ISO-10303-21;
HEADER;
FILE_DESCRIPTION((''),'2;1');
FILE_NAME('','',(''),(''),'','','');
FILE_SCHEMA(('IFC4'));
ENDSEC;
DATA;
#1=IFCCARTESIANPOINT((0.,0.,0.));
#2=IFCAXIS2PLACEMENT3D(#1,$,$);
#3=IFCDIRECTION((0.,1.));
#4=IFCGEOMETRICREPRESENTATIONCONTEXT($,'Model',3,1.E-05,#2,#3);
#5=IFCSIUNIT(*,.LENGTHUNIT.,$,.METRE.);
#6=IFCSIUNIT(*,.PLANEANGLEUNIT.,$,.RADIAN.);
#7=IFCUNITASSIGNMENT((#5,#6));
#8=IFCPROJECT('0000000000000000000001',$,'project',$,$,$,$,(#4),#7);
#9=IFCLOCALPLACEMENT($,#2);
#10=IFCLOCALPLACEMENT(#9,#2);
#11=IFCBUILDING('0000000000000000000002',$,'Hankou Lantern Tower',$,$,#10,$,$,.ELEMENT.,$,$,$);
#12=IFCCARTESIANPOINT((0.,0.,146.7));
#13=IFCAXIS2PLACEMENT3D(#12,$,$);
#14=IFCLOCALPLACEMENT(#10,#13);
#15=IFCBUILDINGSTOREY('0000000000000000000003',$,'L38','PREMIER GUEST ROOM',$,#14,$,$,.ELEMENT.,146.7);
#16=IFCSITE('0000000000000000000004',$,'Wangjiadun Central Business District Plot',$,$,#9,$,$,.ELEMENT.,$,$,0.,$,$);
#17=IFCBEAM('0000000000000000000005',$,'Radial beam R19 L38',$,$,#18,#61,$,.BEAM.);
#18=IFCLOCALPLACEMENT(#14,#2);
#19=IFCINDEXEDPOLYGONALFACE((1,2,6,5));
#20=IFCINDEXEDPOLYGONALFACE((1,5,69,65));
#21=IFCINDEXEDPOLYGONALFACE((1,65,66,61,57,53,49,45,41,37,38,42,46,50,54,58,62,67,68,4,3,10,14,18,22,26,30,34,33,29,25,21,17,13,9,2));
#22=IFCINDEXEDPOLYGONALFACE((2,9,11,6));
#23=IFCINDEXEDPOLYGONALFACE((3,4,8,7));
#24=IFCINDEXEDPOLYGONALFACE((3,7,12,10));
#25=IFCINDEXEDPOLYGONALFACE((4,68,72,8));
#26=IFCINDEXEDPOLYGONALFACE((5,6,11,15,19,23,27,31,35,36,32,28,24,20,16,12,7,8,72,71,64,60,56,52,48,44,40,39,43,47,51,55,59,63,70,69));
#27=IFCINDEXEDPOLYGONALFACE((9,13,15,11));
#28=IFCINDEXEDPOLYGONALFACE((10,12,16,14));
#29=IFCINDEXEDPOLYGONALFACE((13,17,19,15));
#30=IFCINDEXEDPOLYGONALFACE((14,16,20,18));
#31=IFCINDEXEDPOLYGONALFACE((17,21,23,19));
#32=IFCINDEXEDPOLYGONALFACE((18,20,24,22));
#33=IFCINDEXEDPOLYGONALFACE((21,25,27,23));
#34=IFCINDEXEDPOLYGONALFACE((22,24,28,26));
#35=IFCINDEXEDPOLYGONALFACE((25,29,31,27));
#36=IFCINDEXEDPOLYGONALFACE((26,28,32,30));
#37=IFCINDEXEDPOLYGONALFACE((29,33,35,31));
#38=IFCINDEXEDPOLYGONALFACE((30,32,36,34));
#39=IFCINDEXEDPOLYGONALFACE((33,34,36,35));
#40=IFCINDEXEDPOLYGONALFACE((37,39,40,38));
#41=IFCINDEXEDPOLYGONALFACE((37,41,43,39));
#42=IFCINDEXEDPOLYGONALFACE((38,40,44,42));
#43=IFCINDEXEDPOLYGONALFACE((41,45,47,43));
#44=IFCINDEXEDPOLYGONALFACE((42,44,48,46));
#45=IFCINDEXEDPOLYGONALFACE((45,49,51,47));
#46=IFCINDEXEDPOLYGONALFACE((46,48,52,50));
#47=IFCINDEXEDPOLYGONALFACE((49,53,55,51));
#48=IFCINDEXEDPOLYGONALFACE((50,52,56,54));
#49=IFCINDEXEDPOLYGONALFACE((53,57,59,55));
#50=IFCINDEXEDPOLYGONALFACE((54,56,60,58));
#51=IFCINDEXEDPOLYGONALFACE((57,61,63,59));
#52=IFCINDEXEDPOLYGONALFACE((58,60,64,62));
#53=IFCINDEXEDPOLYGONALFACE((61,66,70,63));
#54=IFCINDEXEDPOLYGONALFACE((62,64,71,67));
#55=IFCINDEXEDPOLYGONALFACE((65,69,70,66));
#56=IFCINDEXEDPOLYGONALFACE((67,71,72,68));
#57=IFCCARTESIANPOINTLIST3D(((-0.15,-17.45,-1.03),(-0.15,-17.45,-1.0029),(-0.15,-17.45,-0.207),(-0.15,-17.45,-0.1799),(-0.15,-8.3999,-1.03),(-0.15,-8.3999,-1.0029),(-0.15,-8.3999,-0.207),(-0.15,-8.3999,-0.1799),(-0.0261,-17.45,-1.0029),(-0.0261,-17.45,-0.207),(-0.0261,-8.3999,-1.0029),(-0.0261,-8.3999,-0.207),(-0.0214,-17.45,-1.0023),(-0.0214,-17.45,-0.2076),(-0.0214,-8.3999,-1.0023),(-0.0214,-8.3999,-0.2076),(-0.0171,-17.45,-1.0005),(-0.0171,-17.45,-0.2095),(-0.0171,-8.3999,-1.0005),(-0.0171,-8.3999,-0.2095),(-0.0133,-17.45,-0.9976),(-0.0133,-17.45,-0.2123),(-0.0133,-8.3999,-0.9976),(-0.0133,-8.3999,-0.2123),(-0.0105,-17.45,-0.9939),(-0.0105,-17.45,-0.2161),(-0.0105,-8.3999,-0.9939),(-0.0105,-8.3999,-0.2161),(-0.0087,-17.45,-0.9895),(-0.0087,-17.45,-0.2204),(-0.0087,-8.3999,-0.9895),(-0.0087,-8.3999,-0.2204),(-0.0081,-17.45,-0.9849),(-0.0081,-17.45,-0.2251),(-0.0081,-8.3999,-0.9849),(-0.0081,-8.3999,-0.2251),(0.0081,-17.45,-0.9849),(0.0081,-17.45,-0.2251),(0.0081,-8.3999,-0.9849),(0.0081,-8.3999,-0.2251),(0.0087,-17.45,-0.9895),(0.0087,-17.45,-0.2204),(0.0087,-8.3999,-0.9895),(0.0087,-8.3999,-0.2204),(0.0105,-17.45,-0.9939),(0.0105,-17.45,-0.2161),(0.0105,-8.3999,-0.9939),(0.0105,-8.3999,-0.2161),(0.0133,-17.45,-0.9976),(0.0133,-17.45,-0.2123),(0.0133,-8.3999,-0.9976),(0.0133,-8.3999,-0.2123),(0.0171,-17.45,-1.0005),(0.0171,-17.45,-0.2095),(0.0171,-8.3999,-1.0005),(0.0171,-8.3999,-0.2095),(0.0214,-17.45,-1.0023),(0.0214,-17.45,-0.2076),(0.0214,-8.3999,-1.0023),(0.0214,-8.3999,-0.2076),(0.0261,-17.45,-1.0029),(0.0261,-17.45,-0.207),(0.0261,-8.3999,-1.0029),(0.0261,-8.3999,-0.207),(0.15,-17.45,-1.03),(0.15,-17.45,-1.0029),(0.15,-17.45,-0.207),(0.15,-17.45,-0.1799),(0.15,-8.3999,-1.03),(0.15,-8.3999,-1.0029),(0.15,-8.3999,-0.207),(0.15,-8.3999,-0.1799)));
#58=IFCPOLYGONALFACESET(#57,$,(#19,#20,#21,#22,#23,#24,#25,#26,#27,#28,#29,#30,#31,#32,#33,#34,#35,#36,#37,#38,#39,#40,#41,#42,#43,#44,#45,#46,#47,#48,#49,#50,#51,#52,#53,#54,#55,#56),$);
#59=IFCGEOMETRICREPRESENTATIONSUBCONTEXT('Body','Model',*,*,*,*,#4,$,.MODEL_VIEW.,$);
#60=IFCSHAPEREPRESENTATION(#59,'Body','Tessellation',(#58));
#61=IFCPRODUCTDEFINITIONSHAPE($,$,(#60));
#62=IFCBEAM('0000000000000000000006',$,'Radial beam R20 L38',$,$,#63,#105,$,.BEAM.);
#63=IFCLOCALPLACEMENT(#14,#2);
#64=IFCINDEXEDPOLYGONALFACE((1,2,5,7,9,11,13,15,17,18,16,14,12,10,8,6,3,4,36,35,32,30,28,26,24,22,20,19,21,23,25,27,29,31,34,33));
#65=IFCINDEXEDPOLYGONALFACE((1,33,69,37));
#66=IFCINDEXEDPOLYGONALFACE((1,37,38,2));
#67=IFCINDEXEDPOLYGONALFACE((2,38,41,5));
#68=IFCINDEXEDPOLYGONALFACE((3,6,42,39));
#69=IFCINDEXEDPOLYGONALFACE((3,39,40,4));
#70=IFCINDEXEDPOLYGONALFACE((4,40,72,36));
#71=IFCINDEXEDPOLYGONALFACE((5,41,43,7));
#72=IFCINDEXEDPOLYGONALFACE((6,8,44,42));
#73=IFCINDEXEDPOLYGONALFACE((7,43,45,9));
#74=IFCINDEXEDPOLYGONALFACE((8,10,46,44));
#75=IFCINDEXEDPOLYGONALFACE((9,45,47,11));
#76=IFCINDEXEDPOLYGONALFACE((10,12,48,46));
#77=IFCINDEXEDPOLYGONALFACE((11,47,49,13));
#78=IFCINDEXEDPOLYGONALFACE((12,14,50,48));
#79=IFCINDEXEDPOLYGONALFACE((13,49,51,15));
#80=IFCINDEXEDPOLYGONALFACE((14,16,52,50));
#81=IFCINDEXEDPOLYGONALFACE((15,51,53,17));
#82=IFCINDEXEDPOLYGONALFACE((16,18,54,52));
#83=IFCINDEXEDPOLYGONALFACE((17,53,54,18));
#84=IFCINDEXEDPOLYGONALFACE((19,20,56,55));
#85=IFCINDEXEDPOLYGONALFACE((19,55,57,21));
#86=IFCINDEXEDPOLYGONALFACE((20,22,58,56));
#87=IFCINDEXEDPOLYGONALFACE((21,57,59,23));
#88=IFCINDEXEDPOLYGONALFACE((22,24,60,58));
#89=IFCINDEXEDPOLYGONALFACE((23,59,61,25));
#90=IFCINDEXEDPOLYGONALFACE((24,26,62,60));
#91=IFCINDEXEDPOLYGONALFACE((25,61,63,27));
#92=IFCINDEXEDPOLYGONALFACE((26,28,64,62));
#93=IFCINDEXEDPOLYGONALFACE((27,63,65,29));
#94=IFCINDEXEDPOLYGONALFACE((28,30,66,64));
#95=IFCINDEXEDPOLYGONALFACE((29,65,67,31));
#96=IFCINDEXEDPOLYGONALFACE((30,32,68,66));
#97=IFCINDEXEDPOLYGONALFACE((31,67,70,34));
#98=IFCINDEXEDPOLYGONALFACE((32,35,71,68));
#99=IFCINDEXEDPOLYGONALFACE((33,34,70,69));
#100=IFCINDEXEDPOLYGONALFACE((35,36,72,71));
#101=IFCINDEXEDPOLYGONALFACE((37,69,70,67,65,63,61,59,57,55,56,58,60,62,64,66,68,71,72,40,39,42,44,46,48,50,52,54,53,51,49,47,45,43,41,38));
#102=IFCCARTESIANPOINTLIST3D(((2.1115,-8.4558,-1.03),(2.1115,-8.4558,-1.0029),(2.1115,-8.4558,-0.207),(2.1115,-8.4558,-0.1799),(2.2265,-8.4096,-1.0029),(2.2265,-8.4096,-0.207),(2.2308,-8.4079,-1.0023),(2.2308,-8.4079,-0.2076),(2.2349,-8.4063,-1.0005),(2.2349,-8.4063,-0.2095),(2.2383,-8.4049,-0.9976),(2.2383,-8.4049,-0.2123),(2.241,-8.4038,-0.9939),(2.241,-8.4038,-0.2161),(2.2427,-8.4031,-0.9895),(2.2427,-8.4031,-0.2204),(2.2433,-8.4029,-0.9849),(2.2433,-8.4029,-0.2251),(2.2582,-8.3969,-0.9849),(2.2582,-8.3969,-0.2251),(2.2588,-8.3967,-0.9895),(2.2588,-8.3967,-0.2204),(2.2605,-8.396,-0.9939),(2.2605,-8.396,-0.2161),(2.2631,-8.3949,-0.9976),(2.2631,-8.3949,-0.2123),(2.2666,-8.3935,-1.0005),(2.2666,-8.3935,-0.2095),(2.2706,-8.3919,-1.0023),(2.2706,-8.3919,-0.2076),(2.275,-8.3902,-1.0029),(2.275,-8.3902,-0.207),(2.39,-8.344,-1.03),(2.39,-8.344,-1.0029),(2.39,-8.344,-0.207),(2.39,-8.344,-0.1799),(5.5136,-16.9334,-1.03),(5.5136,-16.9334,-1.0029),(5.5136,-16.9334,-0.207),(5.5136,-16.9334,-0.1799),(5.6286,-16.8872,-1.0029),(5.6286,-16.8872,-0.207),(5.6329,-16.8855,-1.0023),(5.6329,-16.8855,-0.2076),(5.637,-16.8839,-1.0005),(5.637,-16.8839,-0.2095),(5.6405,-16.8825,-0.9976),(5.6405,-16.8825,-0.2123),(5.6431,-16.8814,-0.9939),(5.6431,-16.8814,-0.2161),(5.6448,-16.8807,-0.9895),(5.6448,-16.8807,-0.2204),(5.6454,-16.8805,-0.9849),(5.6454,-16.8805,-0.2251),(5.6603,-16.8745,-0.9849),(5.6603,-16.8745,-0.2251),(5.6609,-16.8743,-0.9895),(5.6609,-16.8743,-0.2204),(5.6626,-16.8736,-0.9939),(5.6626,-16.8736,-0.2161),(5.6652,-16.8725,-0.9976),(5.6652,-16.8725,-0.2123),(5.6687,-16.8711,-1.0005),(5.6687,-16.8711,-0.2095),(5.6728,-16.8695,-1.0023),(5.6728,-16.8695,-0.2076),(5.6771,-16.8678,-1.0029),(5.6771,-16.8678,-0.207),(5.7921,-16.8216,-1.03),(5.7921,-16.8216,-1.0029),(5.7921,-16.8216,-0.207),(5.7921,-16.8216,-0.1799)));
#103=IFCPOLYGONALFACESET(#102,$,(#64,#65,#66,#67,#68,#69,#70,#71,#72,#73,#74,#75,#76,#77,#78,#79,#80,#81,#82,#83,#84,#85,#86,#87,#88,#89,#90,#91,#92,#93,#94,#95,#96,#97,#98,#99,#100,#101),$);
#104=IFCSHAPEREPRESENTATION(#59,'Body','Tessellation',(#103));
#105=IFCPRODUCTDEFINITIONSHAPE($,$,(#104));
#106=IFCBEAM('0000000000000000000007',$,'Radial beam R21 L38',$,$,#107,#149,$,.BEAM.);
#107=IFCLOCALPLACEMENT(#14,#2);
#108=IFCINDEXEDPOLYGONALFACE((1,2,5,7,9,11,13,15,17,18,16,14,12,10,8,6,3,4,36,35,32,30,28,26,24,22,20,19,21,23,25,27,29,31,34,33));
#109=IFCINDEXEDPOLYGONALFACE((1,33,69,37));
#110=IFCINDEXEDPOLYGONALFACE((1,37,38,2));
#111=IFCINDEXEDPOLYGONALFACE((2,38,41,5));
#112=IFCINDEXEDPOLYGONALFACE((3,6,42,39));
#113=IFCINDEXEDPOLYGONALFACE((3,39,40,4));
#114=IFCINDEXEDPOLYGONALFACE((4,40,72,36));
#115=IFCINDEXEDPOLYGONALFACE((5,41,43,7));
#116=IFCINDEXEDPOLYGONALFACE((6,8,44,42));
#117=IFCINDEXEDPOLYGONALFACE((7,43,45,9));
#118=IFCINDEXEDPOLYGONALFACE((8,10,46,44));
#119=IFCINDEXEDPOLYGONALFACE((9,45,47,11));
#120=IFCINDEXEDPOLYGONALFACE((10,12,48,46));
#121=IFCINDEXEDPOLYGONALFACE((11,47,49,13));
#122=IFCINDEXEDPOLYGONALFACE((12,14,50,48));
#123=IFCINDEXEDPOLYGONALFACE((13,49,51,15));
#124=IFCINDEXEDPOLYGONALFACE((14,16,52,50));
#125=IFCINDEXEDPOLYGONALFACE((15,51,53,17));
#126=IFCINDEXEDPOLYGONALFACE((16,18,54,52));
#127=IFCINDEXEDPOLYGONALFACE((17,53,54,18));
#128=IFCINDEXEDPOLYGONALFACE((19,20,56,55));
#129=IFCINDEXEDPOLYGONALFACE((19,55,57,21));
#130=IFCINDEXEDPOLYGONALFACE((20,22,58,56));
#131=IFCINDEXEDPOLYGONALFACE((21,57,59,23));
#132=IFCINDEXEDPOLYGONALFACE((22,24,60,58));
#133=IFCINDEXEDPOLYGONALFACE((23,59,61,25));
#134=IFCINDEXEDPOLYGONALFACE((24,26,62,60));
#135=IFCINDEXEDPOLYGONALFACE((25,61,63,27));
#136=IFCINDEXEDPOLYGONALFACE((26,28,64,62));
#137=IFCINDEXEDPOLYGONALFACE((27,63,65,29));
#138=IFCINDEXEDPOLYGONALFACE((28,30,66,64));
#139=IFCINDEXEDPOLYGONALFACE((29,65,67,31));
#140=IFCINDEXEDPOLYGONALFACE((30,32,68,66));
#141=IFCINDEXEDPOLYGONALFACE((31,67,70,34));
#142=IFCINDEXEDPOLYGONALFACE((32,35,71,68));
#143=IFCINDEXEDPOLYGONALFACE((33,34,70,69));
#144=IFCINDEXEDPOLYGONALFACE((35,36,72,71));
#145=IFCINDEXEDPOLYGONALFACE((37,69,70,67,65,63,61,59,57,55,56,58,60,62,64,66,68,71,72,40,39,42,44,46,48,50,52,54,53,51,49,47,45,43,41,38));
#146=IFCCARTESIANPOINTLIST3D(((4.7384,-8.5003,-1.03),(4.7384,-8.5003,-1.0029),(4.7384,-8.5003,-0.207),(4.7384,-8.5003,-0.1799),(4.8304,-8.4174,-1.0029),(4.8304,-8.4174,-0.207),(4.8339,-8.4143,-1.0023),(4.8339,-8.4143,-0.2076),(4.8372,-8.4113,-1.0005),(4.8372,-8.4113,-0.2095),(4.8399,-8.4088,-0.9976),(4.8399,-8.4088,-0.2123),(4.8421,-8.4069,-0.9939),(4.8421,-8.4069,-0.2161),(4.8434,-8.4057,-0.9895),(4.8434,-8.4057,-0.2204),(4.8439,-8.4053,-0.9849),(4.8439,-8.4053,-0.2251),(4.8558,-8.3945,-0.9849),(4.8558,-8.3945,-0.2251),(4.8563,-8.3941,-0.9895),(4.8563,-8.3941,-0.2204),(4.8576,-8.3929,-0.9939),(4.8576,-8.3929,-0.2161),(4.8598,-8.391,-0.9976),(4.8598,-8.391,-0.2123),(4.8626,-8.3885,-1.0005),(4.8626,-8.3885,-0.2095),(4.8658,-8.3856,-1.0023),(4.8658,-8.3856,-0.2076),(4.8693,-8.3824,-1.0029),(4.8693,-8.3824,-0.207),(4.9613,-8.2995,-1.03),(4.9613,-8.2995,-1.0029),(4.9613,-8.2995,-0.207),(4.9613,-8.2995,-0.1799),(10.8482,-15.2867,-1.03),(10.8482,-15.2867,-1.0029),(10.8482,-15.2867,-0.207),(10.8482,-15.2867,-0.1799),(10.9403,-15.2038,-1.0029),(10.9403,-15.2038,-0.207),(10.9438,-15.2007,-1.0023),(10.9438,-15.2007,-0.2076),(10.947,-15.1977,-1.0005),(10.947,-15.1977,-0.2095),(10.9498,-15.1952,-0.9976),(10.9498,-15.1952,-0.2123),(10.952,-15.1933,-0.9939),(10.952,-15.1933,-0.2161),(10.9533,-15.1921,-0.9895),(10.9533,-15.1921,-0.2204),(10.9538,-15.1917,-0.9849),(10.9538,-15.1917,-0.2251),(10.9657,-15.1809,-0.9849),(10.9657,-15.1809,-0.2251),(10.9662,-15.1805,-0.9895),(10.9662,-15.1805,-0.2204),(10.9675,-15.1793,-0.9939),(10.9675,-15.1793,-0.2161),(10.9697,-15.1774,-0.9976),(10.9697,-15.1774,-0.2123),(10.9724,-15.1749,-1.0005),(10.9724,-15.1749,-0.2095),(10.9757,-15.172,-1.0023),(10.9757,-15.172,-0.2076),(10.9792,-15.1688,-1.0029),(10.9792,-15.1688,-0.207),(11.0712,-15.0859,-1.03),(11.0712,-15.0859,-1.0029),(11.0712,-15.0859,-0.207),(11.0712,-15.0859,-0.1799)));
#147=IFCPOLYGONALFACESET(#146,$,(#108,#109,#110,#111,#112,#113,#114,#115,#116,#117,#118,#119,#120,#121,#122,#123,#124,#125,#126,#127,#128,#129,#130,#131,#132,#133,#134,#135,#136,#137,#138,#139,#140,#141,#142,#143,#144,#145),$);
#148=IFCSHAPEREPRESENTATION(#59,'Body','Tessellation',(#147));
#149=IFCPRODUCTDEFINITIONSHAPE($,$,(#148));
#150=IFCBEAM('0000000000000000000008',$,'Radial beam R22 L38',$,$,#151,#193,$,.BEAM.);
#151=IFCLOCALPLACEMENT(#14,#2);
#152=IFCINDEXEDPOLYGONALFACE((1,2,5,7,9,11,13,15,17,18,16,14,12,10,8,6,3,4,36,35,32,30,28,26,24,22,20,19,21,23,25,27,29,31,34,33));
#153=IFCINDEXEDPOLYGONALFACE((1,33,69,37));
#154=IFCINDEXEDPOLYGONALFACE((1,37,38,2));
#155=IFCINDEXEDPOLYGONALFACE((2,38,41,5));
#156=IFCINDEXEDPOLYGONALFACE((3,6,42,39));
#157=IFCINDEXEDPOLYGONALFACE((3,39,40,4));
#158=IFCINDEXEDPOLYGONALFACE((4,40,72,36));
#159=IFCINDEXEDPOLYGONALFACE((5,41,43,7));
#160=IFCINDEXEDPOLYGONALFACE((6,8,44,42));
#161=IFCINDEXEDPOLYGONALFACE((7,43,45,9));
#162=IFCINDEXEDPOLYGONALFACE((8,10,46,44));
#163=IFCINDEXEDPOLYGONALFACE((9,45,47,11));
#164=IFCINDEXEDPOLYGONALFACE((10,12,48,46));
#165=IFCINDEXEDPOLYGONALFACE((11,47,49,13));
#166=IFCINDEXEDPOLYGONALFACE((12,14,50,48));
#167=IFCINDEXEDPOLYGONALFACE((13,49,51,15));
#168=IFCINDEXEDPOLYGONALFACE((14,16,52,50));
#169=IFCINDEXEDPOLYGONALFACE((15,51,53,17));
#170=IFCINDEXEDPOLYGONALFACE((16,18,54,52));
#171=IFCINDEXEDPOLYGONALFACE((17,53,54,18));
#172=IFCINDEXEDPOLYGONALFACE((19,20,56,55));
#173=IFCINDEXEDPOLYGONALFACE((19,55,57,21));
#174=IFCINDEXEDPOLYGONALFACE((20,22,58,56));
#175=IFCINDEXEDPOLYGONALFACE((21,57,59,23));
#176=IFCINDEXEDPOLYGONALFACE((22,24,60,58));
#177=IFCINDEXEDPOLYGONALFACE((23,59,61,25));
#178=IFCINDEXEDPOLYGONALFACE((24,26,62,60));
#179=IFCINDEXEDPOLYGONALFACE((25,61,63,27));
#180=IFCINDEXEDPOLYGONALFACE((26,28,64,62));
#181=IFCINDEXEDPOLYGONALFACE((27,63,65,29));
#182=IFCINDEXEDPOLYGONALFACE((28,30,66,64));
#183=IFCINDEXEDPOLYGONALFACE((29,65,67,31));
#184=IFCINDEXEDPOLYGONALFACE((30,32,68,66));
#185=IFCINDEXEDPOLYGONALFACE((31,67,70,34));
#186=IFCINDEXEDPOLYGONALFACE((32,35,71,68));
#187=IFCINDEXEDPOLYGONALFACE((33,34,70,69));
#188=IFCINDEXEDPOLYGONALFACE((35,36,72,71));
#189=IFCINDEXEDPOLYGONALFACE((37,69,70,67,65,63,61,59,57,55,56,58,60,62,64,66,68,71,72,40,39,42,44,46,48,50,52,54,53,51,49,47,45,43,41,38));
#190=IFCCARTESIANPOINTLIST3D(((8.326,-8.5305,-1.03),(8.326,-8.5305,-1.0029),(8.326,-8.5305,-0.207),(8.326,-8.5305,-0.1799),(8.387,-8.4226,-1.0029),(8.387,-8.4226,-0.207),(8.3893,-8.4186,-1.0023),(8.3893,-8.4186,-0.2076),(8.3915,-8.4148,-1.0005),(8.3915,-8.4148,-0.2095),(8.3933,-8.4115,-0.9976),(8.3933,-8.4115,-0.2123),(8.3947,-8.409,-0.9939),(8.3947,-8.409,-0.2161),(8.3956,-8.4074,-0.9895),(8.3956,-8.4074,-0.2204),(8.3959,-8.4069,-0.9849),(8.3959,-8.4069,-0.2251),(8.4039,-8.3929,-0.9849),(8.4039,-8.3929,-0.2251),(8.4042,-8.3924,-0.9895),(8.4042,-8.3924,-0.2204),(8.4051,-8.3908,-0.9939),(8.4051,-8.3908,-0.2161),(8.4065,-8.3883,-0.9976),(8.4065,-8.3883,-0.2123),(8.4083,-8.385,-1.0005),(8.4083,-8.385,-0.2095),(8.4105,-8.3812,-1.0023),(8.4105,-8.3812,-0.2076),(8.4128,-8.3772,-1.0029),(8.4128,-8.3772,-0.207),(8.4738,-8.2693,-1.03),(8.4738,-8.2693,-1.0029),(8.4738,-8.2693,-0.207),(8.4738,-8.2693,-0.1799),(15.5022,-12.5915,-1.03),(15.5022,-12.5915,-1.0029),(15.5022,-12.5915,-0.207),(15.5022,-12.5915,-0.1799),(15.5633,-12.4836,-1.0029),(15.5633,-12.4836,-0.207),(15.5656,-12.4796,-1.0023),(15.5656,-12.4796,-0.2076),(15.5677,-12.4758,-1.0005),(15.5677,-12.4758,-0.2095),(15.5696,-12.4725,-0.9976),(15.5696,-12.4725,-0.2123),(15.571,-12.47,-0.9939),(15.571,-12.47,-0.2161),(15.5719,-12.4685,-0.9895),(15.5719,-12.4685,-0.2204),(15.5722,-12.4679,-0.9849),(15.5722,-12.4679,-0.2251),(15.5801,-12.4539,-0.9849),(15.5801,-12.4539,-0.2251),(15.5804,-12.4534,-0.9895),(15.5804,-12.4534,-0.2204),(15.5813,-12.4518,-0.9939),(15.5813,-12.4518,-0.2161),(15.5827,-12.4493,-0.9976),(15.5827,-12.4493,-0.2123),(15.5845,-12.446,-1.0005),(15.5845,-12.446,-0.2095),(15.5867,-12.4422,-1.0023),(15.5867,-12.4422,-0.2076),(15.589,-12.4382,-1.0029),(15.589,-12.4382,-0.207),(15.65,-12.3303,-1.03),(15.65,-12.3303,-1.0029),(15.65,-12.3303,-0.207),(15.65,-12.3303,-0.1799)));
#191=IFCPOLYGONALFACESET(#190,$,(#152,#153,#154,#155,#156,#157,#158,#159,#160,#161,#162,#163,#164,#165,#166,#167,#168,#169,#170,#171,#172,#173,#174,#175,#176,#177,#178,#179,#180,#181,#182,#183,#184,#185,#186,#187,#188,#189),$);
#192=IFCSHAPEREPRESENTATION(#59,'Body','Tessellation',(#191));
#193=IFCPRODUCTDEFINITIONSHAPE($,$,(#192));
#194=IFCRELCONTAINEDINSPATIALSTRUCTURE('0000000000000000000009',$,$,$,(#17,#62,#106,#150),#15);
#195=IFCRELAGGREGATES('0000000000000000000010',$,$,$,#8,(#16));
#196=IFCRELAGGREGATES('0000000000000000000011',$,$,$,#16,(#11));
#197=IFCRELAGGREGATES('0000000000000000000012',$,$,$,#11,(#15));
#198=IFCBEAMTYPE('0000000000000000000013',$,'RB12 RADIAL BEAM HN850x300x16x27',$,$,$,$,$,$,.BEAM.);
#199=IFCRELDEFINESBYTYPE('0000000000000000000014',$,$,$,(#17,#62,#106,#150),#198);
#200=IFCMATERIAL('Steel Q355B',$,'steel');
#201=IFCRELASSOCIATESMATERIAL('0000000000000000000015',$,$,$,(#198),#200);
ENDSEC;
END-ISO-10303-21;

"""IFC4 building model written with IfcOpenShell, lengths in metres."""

from ifc_helpers import new_model, si_unit, direction, frame, origin, origin_2d, place, context, subcontext, project, spatial, i_section, extrude, material, material_profile, profile_set, type_object, element, save


model = new_model("IFC4")

# Units and contexts
model_context = context("Model", 3, precision=1e-05, world=origin(), true_north=direction((0.0, 1.0)))
body_context = subcontext(model_context, "Body", "Model", "MODEL_VIEW")
ifc_project = project(units=[si_unit("LENGTHUNIT", "METRE"), si_unit("PLANEANGLEUNIT", "RADIAN")], contexts=[model_context])

# Site, building, storey
site_placement = place(None, origin())
site = spatial("IfcSite", under=ifc_project, at=site_placement, Name="Wangjiadun Central Business District Plot", CompositionType="ELEMENT", RefElevation=0.0)
building_placement = place(site_placement, origin())
building = spatial("IfcBuilding", under=site, at=building_placement, Name="Hankou Lantern Tower", CompositionType="ELEMENT")
storey_placement = place(building_placement, frame((0.0, 0.0, 146.7)))
storey = spatial("IfcBuildingStorey", under=building, at=storey_placement, Name="L38", Description="PREMIER GUEST ROOM", CompositionType="ELEMENT", Elevation=146.7)

# Beams
ifc_material_1 = material(Name="Steel Q355B", Category="steel")
ifc_material_profile_1 = material_profile(ifc_material_1, i_section(OverallWidth=0.3, OverallDepth=0.8501, WebThickness=0.0161, FlangeThickness=0.0271, FilletRadius=0.0181, at=origin_2d()), Name="HN850x300x16x27")
ifc_profile_set_1 = profile_set([ifc_material_profile_1], Name="Steel Q355B")
beam_type_1 = type_object("IfcBeamType", Name="RB12 RADIAL BEAM HN850x300x16x27", PredefinedType="BEAM", material=ifc_profile_set_1)
beam_1_placement = place(storey_placement, frame((0.0, -8.3999, -0.605), z_axis=(0.0, -1.0, 0.0), x_axis=(1.0, 0.0, 0.0)))
element("IfcBeam", 1, at=beam_1_placement, inside=storey, type_object=beam_type_1, Name="Radial beam R19 L38", PredefinedType="BEAM", context=body_context, shape_type="SweptSolid", body=[
    extrude(i_section(OverallWidth=0.3, OverallDepth=0.8501, WebThickness=0.0161, FlangeThickness=0.0271, FilletRadius=0.0181, at=origin_2d()), origin(), (0.0, 0.0, 1.0), 9.05),
])
beam_2_placement = place(storey_placement, frame((2.2507, -8.3999, -0.605), z_axis=(0.372436, -0.928058, 0.0), x_axis=(0.928058, 0.372436, 0.0)))
element("IfcBeam", 2, at=beam_2_placement, inside=storey, type_object=beam_type_1, Name="Radial beam R20 L38", PredefinedType="BEAM", context=body_context, shape_type="SweptSolid", body=[
    extrude(i_section(OverallWidth=0.3, OverallDepth=0.8501, WebThickness=0.0161, FlangeThickness=0.0271, FilletRadius=0.0181, at=origin_2d()), origin(), (0.0, 0.0, 1.0), 9.1348),
])
beam_3_placement = place(storey_placement, frame((4.8499, -8.3999, -0.605), z_axis=(0.669093, -0.743178, 0.0), x_axis=(0.743178, 0.669093, 0.0)))
element("IfcBeam", 3, at=beam_3_placement, inside=storey, type_object=beam_type_1, Name="Radial beam R21 L38", PredefinedType="BEAM", context=body_context, shape_type="SweptSolid", body=[
    extrude(i_section(OverallWidth=0.3, OverallDepth=0.8501, WebThickness=0.0161, FlangeThickness=0.0271, FilletRadius=0.0181, at=origin_2d()), origin(), (0.0, 0.0, 1.0), 9.1316),
])
beam_4_placement = place(storey_placement, frame((8.3999, -8.3999, -0.605), z_axis=(0.870309, -0.492506, 0.0), x_axis=(0.492506, 0.870309, 0.0)))
element("IfcBeam", 4, at=beam_4_placement, inside=storey, type_object=beam_type_1, Name="Radial beam R22 L38", PredefinedType="BEAM", context=body_context, shape_type="SweptSolid", body=[
    extrude(i_section(OverallWidth=0.3, OverallDepth=0.8501, WebThickness=0.0161, FlangeThickness=0.0271, FilletRadius=0.0181, at=origin_2d()), origin(), (0.0, 0.0, 1.0), 8.2456),
])

save(model, "model.ifc")
